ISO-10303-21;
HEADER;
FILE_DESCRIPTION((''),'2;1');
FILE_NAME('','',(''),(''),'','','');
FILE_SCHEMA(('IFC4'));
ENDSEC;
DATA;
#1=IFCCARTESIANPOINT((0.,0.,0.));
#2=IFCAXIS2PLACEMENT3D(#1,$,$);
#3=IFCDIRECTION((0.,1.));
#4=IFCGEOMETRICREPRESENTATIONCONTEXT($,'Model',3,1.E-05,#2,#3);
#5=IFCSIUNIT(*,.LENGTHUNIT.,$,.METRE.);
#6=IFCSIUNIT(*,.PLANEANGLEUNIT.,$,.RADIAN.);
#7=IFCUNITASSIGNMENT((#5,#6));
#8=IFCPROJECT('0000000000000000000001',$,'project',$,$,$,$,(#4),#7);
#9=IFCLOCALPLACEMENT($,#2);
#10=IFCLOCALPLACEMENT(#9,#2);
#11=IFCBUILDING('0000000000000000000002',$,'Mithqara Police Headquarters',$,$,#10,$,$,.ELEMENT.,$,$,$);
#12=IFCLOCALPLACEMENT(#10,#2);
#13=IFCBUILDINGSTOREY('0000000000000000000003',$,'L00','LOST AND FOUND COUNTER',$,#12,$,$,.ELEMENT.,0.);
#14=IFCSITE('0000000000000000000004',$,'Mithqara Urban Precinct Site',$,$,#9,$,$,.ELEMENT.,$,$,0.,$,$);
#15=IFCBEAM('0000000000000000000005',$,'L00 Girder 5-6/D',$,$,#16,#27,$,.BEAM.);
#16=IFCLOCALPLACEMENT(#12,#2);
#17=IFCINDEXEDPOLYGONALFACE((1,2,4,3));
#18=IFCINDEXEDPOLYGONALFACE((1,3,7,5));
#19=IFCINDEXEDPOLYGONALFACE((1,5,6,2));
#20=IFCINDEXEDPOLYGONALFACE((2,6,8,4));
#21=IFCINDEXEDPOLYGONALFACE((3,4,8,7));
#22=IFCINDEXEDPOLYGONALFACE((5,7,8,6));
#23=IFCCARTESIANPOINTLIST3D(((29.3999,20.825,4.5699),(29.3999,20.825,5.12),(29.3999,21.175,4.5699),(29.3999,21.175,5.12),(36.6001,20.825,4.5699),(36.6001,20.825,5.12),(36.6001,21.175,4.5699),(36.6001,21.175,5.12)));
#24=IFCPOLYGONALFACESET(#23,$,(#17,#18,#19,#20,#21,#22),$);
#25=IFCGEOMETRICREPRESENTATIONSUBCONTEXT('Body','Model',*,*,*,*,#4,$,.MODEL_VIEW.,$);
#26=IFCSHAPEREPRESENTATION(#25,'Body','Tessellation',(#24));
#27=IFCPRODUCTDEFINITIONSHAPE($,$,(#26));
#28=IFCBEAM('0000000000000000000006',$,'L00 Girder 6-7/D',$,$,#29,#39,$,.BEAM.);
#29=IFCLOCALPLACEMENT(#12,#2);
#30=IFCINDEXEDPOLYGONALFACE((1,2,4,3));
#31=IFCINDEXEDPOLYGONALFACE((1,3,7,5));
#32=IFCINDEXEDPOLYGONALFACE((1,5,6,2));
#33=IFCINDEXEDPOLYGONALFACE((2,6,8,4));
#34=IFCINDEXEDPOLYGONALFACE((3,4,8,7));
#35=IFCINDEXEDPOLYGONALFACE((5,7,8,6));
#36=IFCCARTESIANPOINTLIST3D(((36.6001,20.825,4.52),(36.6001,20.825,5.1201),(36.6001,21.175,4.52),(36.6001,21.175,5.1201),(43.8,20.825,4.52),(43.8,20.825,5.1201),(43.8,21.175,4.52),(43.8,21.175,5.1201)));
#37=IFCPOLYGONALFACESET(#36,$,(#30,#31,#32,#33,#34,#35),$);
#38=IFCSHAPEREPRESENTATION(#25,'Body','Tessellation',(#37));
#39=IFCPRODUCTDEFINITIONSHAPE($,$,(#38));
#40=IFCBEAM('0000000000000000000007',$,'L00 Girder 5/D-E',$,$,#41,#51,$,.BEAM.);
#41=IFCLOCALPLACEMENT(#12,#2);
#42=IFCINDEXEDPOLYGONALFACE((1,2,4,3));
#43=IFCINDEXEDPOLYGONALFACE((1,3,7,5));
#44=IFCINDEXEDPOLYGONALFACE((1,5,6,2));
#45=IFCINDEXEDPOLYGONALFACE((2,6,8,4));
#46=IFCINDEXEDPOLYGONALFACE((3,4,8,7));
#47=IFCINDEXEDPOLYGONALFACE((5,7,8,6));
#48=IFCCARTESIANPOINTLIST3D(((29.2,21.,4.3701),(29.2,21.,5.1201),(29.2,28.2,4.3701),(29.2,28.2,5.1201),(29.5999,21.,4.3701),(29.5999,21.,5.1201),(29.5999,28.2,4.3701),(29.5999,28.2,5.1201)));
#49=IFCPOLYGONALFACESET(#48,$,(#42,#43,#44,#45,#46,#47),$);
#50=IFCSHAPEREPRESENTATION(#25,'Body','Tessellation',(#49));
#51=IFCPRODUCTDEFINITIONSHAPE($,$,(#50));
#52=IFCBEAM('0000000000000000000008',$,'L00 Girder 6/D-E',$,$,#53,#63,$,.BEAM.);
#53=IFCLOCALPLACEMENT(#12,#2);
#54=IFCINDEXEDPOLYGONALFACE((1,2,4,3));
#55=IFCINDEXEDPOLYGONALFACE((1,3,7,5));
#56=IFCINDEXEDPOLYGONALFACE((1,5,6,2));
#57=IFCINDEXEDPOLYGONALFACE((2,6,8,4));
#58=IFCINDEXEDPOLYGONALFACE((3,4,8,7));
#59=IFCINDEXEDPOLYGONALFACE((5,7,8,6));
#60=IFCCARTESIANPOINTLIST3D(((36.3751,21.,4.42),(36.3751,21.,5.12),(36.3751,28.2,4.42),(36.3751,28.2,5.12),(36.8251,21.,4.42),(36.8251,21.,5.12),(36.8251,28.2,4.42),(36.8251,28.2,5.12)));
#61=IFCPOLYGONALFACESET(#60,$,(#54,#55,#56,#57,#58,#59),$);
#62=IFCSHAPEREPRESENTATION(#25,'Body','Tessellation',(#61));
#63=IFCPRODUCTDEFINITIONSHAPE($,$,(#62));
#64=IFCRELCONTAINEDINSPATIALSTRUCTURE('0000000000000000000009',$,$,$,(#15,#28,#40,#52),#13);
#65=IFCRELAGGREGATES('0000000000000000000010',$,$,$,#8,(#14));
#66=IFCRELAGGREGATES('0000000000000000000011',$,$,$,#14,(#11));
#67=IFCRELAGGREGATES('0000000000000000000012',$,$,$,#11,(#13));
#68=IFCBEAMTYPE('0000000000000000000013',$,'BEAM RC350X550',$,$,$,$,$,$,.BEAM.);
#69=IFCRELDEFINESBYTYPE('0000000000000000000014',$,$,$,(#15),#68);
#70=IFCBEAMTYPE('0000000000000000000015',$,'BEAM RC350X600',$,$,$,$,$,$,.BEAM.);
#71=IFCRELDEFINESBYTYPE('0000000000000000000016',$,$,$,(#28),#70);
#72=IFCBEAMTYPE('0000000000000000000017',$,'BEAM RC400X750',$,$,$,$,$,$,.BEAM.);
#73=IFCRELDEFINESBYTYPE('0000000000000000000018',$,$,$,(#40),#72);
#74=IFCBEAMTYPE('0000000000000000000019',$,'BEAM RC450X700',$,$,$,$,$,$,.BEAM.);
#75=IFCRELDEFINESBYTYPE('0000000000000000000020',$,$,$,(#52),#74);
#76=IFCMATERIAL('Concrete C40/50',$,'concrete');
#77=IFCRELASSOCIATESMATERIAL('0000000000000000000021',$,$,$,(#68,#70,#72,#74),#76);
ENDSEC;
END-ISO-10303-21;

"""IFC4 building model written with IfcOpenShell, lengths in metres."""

from ifc_helpers import new_model, si_unit, direction, frame, origin, origin_2d, place, context, subcontext, project, spatial, rectangle, extrude, material, material_profile, profile_set, type_object, element, save


model = new_model("IFC4")

# Units and contexts
model_context = context("Model", 3, precision=1e-05, world=origin(), true_north=direction((0.0, 1.0)))
body_context = subcontext(model_context, "Body", "Model", "MODEL_VIEW")
ifc_project = project(units=[si_unit("LENGTHUNIT", "METRE"), si_unit("PLANEANGLEUNIT", "RADIAN")], contexts=[model_context])

# Site, building, storey
site_placement = place(None, origin())
site = spatial("IfcSite", under=ifc_project, at=site_placement, Name="Mithqara Urban Precinct Site", CompositionType="ELEMENT", RefElevation=0.0)
building_placement = place(site_placement, origin())
building = spatial("IfcBuilding", under=site, at=building_placement, Name="Mithqara Police Headquarters", CompositionType="ELEMENT")
storey_placement = place(building_placement, origin())
storey = spatial("IfcBuildingStorey", under=building, at=storey_placement, Name="L00", Description="LOST AND FOUND COUNTER", CompositionType="ELEMENT", Elevation=0.0)

# Shared definitions
ifc_material_1 = material(Name="Concrete C40/50", Category="concrete")

# Beams
ifc_material_profile_1 = material_profile(ifc_material_1, rectangle(XDim=0.3501, YDim=0.55, at=origin_2d()), Name="RC 350x550")
ifc_profile_set_1 = profile_set([ifc_material_profile_1], Name="Concrete C40/50")
beam_type_1 = type_object("IfcBeamType", Name="BEAM RC350X550", PredefinedType="BEAM", material=ifc_profile_set_1)
beam_1_placement = place(storey_placement, frame((29.3999, 21.0, 4.845), z_axis=(1.0, 0.0, 0.0), x_axis=(0.0, 1.0, 0.0)))
element("IfcBeam", 1, at=beam_1_placement, inside=storey, type_object=beam_type_1, Name="L00 Girder 5-6/D", PredefinedType="BEAM", context=body_context, shape_type="SweptSolid", body=[
    extrude(rectangle(XDim=0.3501, YDim=0.55, at=origin_2d()), origin(), (0.0, 0.0, 1.0), 7.2002),
])
ifc_material_profile_2 = material_profile(ifc_material_1, rectangle(XDim=0.3501, YDim=0.6001, at=origin_2d()), Name="RC 350x600")
ifc_profile_set_2 = profile_set([ifc_material_profile_2], Name="Concrete C40/50")
beam_type_2 = type_object("IfcBeamType", Name="BEAM RC350X600", PredefinedType="BEAM", material=ifc_profile_set_2)
beam_2_placement = place(storey_placement, frame((36.6001, 21.0, 4.8201), z_axis=(1.0, 0.0, 0.0), x_axis=(0.0, 1.0, 0.0)))
element("IfcBeam", 2, at=beam_2_placement, inside=storey, type_object=beam_type_2, Name="L00 Girder 6-7/D", PredefinedType="BEAM", context=body_context, shape_type="SweptSolid", body=[
    extrude(rectangle(XDim=0.3501, YDim=0.6001, at=origin_2d()), origin(), (0.0, 0.0, 1.0), 7.2),
])
ifc_material_profile_3 = material_profile(ifc_material_1, rectangle(XDim=0.3999, YDim=0.75, at=origin_2d()), Name="RC 400x750")
ifc_profile_set_3 = profile_set([ifc_material_profile_3], Name="Concrete C40/50")
beam_type_3 = type_object("IfcBeamType", Name="BEAM RC400X750", PredefinedType="BEAM", material=ifc_profile_set_3)
beam_3_placement = place(storey_placement, frame((29.3999, 21.0, 4.7451), z_axis=(0.0, 1.0, 0.0), x_axis=(-1.0, 0.0, 0.0)))
element("IfcBeam", 3, at=beam_3_placement, inside=storey, type_object=beam_type_3, Name="L00 Girder 5/D-E", PredefinedType="BEAM", context=body_context, shape_type="SweptSolid", body=[
    extrude(rectangle(XDim=0.3999, YDim=0.75, at=origin_2d()), origin(), (0.0, 0.0, 1.0), 7.2),
])
ifc_material_profile_4 = material_profile(ifc_material_1, rectangle(XDim=0.45, YDim=0.7, at=origin_2d()), Name="RC 450x700")
ifc_profile_set_4 = profile_set([ifc_material_profile_4], Name="Concrete C40/50")
beam_type_4 = type_object("IfcBeamType", Name="BEAM RC450X700", PredefinedType="BEAM", material=ifc_profile_set_4)
beam_4_placement = place(storey_placement, frame((36.6001, 21.0, 4.77), z_axis=(0.0, 1.0, 0.0), x_axis=(-1.0, 0.0, 0.0)))
element("IfcBeam", 4, at=beam_4_placement, inside=storey, type_object=beam_type_4, Name="L00 Girder 6/D-E", PredefinedType="BEAM", context=body_context, shape_type="SweptSolid", body=[
    extrude(rectangle(XDim=0.45, YDim=0.7, at=origin_2d()), origin(), (0.0, 0.0, 1.0), 7.2),
])

save(model, "model.ifc")
